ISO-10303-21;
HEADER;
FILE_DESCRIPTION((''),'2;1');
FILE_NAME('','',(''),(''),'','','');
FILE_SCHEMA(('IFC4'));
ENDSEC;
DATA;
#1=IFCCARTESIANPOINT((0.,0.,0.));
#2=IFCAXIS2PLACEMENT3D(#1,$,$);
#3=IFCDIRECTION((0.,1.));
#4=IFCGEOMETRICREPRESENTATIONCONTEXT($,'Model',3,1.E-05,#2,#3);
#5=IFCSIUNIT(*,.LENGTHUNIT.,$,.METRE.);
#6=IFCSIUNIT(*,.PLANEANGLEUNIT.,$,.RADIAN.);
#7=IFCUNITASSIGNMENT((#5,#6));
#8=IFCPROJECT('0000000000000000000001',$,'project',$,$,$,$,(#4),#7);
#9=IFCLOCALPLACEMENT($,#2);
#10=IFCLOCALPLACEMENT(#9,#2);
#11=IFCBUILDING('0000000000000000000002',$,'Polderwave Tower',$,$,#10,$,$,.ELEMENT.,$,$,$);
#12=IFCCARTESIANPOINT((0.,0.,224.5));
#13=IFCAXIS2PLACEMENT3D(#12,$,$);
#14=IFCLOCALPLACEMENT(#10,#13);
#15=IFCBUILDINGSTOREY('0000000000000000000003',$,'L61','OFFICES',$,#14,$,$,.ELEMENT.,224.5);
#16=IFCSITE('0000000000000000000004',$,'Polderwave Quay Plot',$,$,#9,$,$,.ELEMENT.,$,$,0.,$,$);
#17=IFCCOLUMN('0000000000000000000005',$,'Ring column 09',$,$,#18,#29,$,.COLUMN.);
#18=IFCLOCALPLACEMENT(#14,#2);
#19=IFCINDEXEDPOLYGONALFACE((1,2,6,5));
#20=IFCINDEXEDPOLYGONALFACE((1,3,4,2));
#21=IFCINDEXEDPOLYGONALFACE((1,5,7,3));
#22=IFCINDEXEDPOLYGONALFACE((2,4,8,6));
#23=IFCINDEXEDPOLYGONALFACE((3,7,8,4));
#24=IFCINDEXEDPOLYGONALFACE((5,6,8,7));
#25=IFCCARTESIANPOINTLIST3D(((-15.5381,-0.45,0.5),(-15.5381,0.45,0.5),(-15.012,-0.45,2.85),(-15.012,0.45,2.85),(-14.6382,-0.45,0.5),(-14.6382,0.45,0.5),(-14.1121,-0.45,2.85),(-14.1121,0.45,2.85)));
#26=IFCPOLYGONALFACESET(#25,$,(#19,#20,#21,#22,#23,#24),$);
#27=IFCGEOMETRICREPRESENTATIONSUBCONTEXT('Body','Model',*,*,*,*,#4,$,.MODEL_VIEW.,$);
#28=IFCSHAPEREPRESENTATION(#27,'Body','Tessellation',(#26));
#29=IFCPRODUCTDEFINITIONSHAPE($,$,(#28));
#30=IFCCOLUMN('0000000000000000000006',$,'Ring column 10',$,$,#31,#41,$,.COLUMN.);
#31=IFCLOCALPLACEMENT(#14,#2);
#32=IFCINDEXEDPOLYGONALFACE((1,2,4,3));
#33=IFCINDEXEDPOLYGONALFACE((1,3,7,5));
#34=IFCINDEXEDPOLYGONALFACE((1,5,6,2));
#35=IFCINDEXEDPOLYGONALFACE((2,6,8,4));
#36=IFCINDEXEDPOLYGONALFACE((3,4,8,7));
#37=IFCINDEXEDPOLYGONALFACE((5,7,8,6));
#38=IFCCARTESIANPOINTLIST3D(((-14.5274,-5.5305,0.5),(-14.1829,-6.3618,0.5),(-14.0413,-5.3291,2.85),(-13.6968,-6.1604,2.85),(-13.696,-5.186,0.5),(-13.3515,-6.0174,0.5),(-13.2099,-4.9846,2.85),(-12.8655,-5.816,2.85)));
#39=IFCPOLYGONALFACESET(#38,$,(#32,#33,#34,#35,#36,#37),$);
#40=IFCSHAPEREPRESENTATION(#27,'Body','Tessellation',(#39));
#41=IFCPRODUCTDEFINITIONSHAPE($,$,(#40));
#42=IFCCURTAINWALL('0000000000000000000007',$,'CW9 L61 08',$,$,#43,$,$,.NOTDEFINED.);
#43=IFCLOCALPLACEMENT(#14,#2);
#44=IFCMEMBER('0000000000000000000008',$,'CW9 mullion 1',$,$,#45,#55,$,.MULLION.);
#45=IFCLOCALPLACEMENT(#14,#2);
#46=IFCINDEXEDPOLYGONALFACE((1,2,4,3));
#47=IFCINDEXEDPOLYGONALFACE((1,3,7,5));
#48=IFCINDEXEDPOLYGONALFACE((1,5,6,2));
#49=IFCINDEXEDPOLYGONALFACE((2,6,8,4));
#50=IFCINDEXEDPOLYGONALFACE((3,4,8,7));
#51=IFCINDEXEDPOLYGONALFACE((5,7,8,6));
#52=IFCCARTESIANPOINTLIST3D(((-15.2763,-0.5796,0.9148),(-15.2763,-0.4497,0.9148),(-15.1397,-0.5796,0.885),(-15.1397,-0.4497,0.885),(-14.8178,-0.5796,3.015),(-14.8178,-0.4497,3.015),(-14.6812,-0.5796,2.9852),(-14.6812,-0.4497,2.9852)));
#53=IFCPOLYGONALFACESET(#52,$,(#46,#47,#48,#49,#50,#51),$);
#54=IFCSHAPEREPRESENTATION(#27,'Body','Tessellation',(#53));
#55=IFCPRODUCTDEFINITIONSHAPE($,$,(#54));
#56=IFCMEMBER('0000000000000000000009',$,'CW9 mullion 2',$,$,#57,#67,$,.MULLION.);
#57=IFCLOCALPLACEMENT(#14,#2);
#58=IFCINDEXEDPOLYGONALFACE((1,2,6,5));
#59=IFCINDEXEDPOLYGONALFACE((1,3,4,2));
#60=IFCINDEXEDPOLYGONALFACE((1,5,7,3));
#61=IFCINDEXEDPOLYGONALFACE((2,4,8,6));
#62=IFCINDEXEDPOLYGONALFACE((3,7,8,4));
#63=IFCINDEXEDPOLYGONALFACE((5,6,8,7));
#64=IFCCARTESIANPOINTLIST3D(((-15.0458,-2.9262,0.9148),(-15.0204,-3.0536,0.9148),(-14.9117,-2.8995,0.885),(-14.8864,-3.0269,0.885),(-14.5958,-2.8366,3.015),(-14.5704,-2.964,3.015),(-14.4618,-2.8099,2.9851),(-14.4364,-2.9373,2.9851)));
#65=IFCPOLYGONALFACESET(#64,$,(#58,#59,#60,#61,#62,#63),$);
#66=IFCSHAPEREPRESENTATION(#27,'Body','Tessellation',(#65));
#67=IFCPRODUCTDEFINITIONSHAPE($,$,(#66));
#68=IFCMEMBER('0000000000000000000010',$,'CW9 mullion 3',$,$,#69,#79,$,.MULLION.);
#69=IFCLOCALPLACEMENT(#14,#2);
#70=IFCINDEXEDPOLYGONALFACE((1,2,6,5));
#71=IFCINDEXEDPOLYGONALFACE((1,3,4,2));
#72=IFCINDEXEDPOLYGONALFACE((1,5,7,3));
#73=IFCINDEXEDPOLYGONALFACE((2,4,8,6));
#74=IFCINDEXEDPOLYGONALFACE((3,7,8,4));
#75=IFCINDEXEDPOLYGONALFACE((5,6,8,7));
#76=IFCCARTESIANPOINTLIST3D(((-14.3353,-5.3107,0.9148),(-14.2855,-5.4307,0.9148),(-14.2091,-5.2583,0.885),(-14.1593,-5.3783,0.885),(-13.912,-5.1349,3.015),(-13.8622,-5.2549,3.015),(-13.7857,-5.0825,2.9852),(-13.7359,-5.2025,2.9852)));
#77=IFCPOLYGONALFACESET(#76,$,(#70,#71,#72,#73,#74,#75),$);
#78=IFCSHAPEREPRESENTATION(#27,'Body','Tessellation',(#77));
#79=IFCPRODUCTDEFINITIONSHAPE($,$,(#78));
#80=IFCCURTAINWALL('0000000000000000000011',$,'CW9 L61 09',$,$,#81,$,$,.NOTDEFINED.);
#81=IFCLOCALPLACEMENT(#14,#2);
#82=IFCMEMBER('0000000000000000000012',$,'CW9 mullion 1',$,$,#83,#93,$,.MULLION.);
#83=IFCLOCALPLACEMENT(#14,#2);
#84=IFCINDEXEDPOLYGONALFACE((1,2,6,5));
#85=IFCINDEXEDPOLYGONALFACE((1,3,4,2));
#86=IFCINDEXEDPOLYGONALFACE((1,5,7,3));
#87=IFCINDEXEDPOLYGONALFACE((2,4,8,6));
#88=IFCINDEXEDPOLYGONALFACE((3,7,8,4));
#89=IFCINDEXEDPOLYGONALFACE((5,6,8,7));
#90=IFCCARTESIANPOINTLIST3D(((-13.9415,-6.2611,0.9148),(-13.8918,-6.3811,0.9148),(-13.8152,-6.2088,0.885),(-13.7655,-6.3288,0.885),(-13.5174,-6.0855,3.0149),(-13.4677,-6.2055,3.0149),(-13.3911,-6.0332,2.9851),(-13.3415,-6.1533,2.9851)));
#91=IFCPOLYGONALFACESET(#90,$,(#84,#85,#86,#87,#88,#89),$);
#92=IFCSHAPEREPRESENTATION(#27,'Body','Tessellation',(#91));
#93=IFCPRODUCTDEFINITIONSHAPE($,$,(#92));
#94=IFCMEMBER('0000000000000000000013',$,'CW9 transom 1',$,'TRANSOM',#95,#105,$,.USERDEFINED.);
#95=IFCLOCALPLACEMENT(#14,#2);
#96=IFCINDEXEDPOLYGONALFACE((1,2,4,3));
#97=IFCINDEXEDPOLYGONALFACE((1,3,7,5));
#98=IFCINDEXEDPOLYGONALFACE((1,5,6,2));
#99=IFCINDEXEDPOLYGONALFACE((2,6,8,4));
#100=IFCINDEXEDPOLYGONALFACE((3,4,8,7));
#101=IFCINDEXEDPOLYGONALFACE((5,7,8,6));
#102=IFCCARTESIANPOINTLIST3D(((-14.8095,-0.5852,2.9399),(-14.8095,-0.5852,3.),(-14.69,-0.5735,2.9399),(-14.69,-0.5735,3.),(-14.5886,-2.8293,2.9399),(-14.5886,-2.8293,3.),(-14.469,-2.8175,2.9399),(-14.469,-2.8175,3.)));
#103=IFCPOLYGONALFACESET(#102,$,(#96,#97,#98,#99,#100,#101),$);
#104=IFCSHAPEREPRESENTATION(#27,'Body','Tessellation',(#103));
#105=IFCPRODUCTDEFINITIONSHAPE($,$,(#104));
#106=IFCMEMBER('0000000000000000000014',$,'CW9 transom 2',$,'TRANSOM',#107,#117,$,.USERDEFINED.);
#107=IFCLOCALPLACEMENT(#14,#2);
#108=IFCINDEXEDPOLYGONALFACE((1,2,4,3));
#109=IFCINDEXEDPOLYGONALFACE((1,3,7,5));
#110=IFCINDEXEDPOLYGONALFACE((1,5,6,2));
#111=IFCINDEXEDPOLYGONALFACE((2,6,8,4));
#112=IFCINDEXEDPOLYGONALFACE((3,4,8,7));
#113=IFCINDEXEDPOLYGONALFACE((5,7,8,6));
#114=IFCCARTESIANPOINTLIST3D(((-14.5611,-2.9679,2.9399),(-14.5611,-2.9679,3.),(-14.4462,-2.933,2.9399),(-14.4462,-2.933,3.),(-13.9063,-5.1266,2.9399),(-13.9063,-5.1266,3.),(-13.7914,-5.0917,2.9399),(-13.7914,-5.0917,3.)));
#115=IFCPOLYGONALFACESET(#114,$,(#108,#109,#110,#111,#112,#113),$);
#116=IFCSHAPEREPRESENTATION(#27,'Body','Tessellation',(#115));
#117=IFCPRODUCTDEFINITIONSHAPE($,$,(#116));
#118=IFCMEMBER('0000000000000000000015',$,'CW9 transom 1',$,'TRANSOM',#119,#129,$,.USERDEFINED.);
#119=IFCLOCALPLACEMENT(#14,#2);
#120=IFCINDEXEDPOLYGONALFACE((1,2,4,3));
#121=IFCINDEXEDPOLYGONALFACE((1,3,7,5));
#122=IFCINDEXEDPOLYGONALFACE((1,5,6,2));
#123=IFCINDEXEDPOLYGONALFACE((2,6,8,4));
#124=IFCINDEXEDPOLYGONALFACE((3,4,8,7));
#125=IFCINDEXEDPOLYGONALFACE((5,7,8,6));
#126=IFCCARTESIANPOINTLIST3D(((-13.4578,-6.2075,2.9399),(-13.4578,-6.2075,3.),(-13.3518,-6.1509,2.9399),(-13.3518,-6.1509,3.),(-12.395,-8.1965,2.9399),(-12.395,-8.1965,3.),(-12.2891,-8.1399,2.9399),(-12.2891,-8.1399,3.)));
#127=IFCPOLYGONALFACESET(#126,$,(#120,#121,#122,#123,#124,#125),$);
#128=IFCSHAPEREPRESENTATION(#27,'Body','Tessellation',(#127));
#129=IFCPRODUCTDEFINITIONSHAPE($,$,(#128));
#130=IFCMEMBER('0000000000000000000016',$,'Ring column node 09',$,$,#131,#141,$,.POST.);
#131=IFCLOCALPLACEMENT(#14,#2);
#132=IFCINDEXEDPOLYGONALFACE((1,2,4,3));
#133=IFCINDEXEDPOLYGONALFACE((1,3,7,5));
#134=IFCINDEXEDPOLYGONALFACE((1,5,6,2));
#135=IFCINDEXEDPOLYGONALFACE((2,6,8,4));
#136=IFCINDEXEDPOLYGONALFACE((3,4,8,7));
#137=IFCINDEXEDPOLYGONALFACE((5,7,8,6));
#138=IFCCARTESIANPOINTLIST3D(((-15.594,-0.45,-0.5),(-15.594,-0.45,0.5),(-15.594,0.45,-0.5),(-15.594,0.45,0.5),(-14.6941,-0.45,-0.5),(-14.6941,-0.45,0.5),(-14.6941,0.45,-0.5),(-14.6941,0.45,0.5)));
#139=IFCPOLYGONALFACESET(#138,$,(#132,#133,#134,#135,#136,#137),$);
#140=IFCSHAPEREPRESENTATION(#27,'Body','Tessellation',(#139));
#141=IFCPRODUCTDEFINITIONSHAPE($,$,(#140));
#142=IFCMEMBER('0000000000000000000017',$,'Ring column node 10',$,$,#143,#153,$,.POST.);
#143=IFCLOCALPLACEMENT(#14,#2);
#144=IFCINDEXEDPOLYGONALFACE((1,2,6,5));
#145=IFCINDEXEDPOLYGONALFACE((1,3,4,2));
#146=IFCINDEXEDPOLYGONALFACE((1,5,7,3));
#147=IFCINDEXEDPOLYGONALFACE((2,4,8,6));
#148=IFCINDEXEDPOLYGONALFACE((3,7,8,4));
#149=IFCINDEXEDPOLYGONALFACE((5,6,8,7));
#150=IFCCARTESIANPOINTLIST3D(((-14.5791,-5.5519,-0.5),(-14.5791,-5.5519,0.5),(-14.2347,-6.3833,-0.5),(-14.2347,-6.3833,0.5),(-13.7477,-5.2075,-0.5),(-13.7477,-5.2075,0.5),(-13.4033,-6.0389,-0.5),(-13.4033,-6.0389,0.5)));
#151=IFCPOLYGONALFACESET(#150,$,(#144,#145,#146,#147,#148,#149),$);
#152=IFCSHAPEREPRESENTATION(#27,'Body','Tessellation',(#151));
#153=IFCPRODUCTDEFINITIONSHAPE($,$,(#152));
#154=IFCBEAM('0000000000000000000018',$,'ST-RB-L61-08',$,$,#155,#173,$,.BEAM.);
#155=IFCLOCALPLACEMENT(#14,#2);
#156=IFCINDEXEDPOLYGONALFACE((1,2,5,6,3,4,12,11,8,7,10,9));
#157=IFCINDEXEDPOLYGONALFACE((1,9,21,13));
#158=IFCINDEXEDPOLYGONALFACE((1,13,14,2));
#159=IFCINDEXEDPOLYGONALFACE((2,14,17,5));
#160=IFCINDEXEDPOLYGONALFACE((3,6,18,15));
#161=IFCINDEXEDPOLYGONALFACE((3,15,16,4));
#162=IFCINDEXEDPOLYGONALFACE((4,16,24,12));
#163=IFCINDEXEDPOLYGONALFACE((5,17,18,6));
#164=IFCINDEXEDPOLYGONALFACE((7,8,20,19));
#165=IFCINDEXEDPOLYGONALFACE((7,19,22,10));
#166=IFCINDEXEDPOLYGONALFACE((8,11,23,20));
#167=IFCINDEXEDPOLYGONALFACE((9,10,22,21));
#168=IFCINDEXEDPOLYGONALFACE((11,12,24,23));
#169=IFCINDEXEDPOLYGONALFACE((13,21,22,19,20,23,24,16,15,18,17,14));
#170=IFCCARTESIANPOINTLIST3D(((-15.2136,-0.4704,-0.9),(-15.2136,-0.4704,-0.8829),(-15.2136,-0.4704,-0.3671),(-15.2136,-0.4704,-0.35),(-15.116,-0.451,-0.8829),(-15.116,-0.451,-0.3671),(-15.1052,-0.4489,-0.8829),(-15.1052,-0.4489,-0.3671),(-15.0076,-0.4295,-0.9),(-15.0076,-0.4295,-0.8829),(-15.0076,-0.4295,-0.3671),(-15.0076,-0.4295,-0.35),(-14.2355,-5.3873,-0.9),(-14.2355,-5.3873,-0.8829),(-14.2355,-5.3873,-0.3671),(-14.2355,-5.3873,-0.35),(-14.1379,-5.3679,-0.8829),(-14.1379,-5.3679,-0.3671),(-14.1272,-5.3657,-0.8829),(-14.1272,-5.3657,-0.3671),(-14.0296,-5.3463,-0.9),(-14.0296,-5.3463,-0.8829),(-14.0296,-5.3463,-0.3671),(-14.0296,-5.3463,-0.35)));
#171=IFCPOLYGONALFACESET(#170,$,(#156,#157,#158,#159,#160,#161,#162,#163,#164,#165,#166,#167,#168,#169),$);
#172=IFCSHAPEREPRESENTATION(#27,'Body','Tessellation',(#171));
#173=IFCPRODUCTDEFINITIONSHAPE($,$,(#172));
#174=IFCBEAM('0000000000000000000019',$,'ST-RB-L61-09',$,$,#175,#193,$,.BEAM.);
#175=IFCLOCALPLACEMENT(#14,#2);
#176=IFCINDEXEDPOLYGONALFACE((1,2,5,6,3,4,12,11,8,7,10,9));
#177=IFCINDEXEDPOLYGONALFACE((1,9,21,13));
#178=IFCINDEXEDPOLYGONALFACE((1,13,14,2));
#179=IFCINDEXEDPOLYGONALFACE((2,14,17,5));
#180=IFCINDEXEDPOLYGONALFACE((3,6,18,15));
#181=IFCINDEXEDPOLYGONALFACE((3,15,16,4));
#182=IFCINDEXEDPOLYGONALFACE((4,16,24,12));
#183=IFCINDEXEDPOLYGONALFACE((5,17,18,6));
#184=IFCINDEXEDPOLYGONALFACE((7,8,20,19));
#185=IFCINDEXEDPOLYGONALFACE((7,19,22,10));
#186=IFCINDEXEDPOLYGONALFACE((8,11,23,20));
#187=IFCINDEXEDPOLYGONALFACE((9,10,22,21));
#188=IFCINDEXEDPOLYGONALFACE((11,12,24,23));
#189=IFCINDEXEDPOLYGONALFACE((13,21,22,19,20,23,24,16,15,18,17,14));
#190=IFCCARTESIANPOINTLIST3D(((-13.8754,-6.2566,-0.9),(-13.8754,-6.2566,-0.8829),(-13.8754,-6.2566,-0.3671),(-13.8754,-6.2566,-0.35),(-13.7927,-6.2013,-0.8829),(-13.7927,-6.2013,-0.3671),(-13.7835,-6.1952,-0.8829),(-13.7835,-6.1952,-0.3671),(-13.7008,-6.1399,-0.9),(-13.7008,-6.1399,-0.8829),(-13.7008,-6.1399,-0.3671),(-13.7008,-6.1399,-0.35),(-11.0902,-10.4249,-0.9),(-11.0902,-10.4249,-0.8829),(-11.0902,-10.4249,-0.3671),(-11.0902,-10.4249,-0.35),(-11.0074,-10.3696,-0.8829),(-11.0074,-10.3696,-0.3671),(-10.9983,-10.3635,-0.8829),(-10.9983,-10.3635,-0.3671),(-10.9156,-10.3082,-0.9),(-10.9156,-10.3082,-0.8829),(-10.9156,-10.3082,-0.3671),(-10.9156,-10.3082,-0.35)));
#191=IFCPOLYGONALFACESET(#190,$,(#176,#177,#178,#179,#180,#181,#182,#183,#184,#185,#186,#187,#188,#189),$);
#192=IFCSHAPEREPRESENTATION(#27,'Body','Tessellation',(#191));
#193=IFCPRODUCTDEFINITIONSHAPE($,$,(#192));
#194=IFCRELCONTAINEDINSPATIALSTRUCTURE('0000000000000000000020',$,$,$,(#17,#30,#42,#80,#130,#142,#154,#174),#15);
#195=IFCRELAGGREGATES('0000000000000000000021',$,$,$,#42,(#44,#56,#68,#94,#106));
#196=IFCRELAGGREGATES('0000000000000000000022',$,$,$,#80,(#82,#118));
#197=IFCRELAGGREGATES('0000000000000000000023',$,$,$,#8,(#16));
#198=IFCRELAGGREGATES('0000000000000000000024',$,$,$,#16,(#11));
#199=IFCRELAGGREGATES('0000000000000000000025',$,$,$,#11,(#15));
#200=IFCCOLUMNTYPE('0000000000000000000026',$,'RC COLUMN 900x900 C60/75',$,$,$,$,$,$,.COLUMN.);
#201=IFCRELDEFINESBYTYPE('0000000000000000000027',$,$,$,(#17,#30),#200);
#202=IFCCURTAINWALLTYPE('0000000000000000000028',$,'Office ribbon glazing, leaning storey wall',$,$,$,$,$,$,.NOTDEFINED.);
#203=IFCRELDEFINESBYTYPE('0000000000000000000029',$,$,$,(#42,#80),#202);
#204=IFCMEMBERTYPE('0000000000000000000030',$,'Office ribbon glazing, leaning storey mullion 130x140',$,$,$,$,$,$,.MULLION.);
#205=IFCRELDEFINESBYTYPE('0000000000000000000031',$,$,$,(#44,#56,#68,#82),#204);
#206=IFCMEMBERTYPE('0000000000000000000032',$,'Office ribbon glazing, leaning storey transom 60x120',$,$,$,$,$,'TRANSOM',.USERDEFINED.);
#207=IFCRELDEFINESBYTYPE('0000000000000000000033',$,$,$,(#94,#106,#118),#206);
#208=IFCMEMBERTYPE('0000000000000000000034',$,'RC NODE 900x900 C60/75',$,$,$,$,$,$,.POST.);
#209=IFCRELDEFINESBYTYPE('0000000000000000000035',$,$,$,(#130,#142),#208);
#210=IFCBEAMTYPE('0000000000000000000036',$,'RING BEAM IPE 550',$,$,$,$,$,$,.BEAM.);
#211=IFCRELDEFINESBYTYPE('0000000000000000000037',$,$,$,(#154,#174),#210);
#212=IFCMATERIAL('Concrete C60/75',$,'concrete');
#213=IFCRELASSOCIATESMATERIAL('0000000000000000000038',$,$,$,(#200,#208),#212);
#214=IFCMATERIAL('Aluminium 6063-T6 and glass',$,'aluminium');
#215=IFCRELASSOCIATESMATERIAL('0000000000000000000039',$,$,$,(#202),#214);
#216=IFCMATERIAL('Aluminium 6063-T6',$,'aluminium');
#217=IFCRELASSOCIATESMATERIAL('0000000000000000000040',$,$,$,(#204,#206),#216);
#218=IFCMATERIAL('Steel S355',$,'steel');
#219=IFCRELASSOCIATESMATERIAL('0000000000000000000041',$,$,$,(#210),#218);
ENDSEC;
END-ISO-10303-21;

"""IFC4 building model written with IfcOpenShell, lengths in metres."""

from ifc_helpers import new_model, si_unit, direction, frame, origin, origin_2d, place, context, subcontext, project, spatial, rectangle, i_section, extrude, material, material_profile, profile_set, type_object, element, aggregate, save


model = new_model("IFC4")

# Units and contexts
model_context = context("Model", 3, precision=1e-05, world=origin(), true_north=direction((0.0, 1.0)))
body_context = subcontext(model_context, "Body", "Model", "MODEL_VIEW")
ifc_project = project(units=[si_unit("LENGTHUNIT", "METRE"), si_unit("PLANEANGLEUNIT", "RADIAN")], contexts=[model_context])

# Site, building, storey
site_placement = place(None, origin())
site = spatial("IfcSite", under=ifc_project, at=site_placement, Name="Polderwave Quay Plot", CompositionType="ELEMENT", RefElevation=0.0)
building_placement = place(site_placement, origin())
building = spatial("IfcBuilding", under=site, at=building_placement, Name="Polderwave Tower", CompositionType="ELEMENT")
storey_placement = place(building_placement, frame((0.0, 0.0, 224.5)))
storey = spatial("IfcBuildingStorey", under=building, at=storey_placement, Name="L61", Description="OFFICES", CompositionType="ELEMENT", Elevation=224.5)

# Columns
ifc_material_1 = material(Name="Concrete C60/75", Category="concrete")
ifc_material_profile_1 = material_profile(ifc_material_1, rectangle(XDim=0.8999, YDim=0.8999, at=origin_2d()), Name="RC 900x900")
ifc_profile_set_1 = profile_set([ifc_material_profile_1], Name="Concrete C60/75")
column_type = type_object("IfcColumnType", Name="RC COLUMN 900x900 C60/75", PredefinedType="COLUMN", material=ifc_profile_set_1)
column_1_placement = place(storey_placement, frame((-15.0881, 0.0, 0.5), z_axis=(0.0, 0.0, 1.0), x_axis=(0.0, 1.0, 0.0)))
element("IfcColumn", 1, at=column_1_placement, inside=storey, type_object=column_type, Name="Ring column 09", PredefinedType="COLUMN", context=body_context, shape_type="SweptSolid", body=[
    extrude(rectangle(XDim=0.8999, YDim=0.8999, at=origin_2d()), origin(), (0.0, -0.218465, 0.975845), 2.4082),
])
column_2_placement = place(storey_placement, frame((-13.9395, -5.7739, 0.5), z_axis=(0.0, 0.0, 1.0), x_axis=(-0.382803, 0.92383, 0.0)))
element("IfcColumn", 2, at=column_2_placement, inside=storey, type_object=column_type, Name="Ring column 10", PredefinedType="COLUMN", context=body_context, shape_type="SweptSolid", body=[
    extrude(rectangle(XDim=0.8999, YDim=0.8999, at=origin_2d()), origin(), (0.0, -0.21848, 0.975841), 2.4082),
])

# Curtain wall, members
ifc_material_2 = material(Name="Aluminium 6063-T6 and glass", Category="aluminium")
curtain_wall_type = type_object("IfcCurtainWallType", Name="Office ribbon glazing, leaning storey wall", PredefinedType="NOTDEFINED", material=ifc_material_2)
curtain_wall_1_placement = place(storey_placement, origin())
curtain_wall_1 = element("IfcCurtainWall", 3, at=curtain_wall_1_placement, inside=storey, type_object=curtain_wall_type, Name="CW9 L61 08", PredefinedType="NOTDEFINED")
ifc_material_3 = material(Name="Aluminium 6063-T6", Category="aluminium")
ifc_material_profile_2 = material_profile(ifc_material_3, rectangle(XDim=0.1299, YDim=0.1399, at=origin_2d()), Name="AL 130x140")
ifc_profile_set_2 = profile_set([ifc_material_profile_2], Name="Aluminium 6063-T6")
member_type_1 = type_object("IfcMemberType", Name="Office ribbon glazing, leaning storey mullion 130x140", PredefinedType="MULLION", material=ifc_profile_set_2)
member_1_placement = place(storey_placement, frame((-15.208, -0.5146, 0.8999), z_axis=(0.213297, 0.0, 0.976987), x_axis=(0.0, 1.0, 0.0)))
member_1 = element("IfcMember", 4, at=member_1_placement, type_object=member_type_1, Name="CW9 mullion 1", PredefinedType="MULLION", context=body_context, shape_type="SweptSolid", body=[
    extrude(rectangle(XDim=0.1299, YDim=0.1399, at=origin_2d()), origin(), (0.0, 0.0, 1.0), 2.1497),
])
member_2_placement = place(storey_placement, frame((-14.9661, -2.9766, 0.8999), z_axis=(0.209316, 0.041681, 0.976959), x_axis=(-0.195297, 0.980744, 0.0)))
member_2 = element("IfcMember", 5, at=member_2_placement, type_object=member_type_1, Name="CW9 mullion 2", PredefinedType="MULLION", context=body_context, shape_type="SweptSolid", body=[
    extrude(rectangle(XDim=0.1299, YDim=0.1399, at=origin_2d()), origin(), (0.0, 0.0, 1.0), 2.1497),
])
member_3_placement = place(storey_placement, frame((-14.2473, -5.3445, 0.8999), z_axis=(0.196944, 0.081776, 0.976998), x_axis=(-0.383481, 0.923549, 0.0)))
member_3 = element("IfcMember", 6, at=member_3_placement, type_object=member_type_1, Name="CW9 mullion 3", PredefinedType="MULLION", context=body_context, shape_type="SweptSolid", body=[
    extrude(rectangle(XDim=0.1299, YDim=0.1399, at=origin_2d()), origin(), (0.0, 0.0, 1.0), 2.1497),
])

# Curtain wall, member
curtain_wall_2_placement = place(storey_placement, origin())
curtain_wall_2 = element("IfcCurtainWall", 7, at=curtain_wall_2_placement, inside=storey, type_object=curtain_wall_type, Name="CW9 L61 09", PredefinedType="NOTDEFINED")
member_4_placement = place(storey_placement, frame((-13.8535, -6.2949, 0.8999), z_axis=(0.197274, 0.081658, 0.976942), x_axis=(-0.382461, 0.923971, 0.0)))
member_4 = element("IfcMember", 8, at=member_4_placement, type_object=member_type_1, Name="CW9 mullion 1", PredefinedType="MULLION", context=body_context, shape_type="SweptSolid", body=[
    extrude(rectangle(XDim=0.1299, YDim=0.1399, at=origin_2d()), origin(), (0.0, 0.0, 1.0), 2.1497),
])

# Members
ifc_material_profile_3 = material_profile(ifc_material_3, rectangle(XDim=0.1201, YDim=0.0601, at=origin_2d()), Name="AL 60x120")
ifc_profile_set_3 = profile_set([ifc_material_profile_3], Name="Aluminium 6063-T6")
member_type_2 = type_object("IfcMemberType", Name="Office ribbon glazing, leaning storey transom 60x120", ElementType="TRANSOM", PredefinedType="USERDEFINED", material=ifc_profile_set_3)
member_5_placement = place(storey_placement, frame((-14.7498, -0.5793, 2.97), z_axis=(0.097981, -0.995188, 0.0), x_axis=(0.995188, 0.097981, 0.0)))
member_5 = element("IfcMember", 9, at=member_5_placement, type_object=member_type_2, Name="CW9 transom 1", ObjectType="TRANSOM", PredefinedType="USERDEFINED", context=body_context, shape_type="SweptSolid", body=[
    extrude(rectangle(XDim=0.1201, YDim=0.0601, at=origin_2d()), origin(), (0.0, 0.0, 1.0), 2.2549),
])
member_6_placement = place(storey_placement, frame((-14.5037, -2.9504, 2.97), z_axis=(0.290266, -0.956946, 0.0), x_axis=(0.956946, 0.290266, 0.0)))
member_6 = element("IfcMember", 10, at=member_6_placement, type_object=member_type_2, Name="CW9 transom 2", ObjectType="TRANSOM", PredefinedType="USERDEFINED", context=body_context, shape_type="SweptSolid", body=[
    extrude(rectangle(XDim=0.1201, YDim=0.0601, at=origin_2d()), origin(), (0.0, 0.0, 1.0), 2.2559),
])
member_7_placement = place(storey_placement, frame((-13.4048, -6.1792, 2.97), z_axis=(0.471257, -0.881996, 0.0), x_axis=(0.881996, 0.471257, 0.0)))
member_7 = element("IfcMember", 11, at=member_7_placement, type_object=member_type_2, Name="CW9 transom 1", ObjectType="TRANSOM", PredefinedType="USERDEFINED", context=body_context, shape_type="SweptSolid", body=[
    extrude(rectangle(XDim=0.1201, YDim=0.0601, at=origin_2d()), origin(), (0.0, 0.0, 1.0), 2.2551),
])

# Members
ifc_material_profile_4 = material_profile(ifc_material_1, rectangle(XDim=0.8999, YDim=0.8999, at=origin_2d()), Name="RC 900x900")
ifc_profile_set_4 = profile_set([ifc_material_profile_4], Name="Concrete C60/75")
member_type_3 = type_object("IfcMemberType", Name="RC NODE 900x900 C60/75", PredefinedType="POST", material=ifc_profile_set_4)
for number, where, z_axis, x_axis, name in (
    (12, (-15.144, 0.0, -0.5), (0.0, 0.0, 1.0), (-1.0, 0.0, 0.0), "Ring column node 09"),
    (13, (-13.9912, -5.7954, -0.5), (0.0, 0.0, 1.0), (-0.92388, -0.382683, 0.0), "Ring column node 10"),
):
    element("IfcMember", number, at=place(storey_placement, frame(where, z_axis=z_axis, x_axis=x_axis)), inside=storey, type_object=member_type_3, Name=name, PredefinedType="POST", context=body_context, shape_type="SweptSolid", body=[
        extrude(rectangle(XDim=0.8999, YDim=0.8999, at=origin_2d()), origin(), (0.0, 0.0, 1.0), 1.0),
    ])

# Beams
ifc_material_4 = material(Name="Steel S355", Category="steel")
ifc_material_profile_5 = material_profile(ifc_material_4, i_section(OverallWidth=0.21, OverallDepth=0.55, WebThickness=0.011, FlangeThickness=0.0171, at=origin_2d()), Name="IPE 550")
ifc_profile_set_5 = profile_set([ifc_material_profile_5], Name="Steel S355")
beam_type = type_object("IfcBeamType", Name="RING BEAM IPE 550", PredefinedType="BEAM", material=ifc_profile_set_5)
for number, where, z_axis, x_axis, name in (
    (14, (-15.1106, -0.45, -0.625), (0.195095, -0.980784, 0.0), (0.980784, 0.195095, 0.0), "ST-RB-L61-08"),
    (15, (-13.7881, -6.1982, -0.625), (0.555576, -0.831465, 0.0), (0.831465, 0.555576, 0.0), "ST-RB-L61-09"),
):
    element("IfcBeam", number, at=place(storey_placement, frame(where, z_axis=z_axis, x_axis=x_axis)), inside=storey, type_object=beam_type, Name=name, PredefinedType="BEAM", context=body_context, shape_type="SweptSolid", body=[
        extrude(i_section(OverallWidth=0.21, OverallDepth=0.55, WebThickness=0.011, FlangeThickness=0.0171, at=origin_2d()), origin(), (0.0, 0.0, 1.0), 5.0132),
    ])

aggregate(curtain_wall_1, [member_1, member_2, member_3, member_5, member_6])
aggregate(curtain_wall_2, [member_4, member_7])

save(model, "model.ifc")
